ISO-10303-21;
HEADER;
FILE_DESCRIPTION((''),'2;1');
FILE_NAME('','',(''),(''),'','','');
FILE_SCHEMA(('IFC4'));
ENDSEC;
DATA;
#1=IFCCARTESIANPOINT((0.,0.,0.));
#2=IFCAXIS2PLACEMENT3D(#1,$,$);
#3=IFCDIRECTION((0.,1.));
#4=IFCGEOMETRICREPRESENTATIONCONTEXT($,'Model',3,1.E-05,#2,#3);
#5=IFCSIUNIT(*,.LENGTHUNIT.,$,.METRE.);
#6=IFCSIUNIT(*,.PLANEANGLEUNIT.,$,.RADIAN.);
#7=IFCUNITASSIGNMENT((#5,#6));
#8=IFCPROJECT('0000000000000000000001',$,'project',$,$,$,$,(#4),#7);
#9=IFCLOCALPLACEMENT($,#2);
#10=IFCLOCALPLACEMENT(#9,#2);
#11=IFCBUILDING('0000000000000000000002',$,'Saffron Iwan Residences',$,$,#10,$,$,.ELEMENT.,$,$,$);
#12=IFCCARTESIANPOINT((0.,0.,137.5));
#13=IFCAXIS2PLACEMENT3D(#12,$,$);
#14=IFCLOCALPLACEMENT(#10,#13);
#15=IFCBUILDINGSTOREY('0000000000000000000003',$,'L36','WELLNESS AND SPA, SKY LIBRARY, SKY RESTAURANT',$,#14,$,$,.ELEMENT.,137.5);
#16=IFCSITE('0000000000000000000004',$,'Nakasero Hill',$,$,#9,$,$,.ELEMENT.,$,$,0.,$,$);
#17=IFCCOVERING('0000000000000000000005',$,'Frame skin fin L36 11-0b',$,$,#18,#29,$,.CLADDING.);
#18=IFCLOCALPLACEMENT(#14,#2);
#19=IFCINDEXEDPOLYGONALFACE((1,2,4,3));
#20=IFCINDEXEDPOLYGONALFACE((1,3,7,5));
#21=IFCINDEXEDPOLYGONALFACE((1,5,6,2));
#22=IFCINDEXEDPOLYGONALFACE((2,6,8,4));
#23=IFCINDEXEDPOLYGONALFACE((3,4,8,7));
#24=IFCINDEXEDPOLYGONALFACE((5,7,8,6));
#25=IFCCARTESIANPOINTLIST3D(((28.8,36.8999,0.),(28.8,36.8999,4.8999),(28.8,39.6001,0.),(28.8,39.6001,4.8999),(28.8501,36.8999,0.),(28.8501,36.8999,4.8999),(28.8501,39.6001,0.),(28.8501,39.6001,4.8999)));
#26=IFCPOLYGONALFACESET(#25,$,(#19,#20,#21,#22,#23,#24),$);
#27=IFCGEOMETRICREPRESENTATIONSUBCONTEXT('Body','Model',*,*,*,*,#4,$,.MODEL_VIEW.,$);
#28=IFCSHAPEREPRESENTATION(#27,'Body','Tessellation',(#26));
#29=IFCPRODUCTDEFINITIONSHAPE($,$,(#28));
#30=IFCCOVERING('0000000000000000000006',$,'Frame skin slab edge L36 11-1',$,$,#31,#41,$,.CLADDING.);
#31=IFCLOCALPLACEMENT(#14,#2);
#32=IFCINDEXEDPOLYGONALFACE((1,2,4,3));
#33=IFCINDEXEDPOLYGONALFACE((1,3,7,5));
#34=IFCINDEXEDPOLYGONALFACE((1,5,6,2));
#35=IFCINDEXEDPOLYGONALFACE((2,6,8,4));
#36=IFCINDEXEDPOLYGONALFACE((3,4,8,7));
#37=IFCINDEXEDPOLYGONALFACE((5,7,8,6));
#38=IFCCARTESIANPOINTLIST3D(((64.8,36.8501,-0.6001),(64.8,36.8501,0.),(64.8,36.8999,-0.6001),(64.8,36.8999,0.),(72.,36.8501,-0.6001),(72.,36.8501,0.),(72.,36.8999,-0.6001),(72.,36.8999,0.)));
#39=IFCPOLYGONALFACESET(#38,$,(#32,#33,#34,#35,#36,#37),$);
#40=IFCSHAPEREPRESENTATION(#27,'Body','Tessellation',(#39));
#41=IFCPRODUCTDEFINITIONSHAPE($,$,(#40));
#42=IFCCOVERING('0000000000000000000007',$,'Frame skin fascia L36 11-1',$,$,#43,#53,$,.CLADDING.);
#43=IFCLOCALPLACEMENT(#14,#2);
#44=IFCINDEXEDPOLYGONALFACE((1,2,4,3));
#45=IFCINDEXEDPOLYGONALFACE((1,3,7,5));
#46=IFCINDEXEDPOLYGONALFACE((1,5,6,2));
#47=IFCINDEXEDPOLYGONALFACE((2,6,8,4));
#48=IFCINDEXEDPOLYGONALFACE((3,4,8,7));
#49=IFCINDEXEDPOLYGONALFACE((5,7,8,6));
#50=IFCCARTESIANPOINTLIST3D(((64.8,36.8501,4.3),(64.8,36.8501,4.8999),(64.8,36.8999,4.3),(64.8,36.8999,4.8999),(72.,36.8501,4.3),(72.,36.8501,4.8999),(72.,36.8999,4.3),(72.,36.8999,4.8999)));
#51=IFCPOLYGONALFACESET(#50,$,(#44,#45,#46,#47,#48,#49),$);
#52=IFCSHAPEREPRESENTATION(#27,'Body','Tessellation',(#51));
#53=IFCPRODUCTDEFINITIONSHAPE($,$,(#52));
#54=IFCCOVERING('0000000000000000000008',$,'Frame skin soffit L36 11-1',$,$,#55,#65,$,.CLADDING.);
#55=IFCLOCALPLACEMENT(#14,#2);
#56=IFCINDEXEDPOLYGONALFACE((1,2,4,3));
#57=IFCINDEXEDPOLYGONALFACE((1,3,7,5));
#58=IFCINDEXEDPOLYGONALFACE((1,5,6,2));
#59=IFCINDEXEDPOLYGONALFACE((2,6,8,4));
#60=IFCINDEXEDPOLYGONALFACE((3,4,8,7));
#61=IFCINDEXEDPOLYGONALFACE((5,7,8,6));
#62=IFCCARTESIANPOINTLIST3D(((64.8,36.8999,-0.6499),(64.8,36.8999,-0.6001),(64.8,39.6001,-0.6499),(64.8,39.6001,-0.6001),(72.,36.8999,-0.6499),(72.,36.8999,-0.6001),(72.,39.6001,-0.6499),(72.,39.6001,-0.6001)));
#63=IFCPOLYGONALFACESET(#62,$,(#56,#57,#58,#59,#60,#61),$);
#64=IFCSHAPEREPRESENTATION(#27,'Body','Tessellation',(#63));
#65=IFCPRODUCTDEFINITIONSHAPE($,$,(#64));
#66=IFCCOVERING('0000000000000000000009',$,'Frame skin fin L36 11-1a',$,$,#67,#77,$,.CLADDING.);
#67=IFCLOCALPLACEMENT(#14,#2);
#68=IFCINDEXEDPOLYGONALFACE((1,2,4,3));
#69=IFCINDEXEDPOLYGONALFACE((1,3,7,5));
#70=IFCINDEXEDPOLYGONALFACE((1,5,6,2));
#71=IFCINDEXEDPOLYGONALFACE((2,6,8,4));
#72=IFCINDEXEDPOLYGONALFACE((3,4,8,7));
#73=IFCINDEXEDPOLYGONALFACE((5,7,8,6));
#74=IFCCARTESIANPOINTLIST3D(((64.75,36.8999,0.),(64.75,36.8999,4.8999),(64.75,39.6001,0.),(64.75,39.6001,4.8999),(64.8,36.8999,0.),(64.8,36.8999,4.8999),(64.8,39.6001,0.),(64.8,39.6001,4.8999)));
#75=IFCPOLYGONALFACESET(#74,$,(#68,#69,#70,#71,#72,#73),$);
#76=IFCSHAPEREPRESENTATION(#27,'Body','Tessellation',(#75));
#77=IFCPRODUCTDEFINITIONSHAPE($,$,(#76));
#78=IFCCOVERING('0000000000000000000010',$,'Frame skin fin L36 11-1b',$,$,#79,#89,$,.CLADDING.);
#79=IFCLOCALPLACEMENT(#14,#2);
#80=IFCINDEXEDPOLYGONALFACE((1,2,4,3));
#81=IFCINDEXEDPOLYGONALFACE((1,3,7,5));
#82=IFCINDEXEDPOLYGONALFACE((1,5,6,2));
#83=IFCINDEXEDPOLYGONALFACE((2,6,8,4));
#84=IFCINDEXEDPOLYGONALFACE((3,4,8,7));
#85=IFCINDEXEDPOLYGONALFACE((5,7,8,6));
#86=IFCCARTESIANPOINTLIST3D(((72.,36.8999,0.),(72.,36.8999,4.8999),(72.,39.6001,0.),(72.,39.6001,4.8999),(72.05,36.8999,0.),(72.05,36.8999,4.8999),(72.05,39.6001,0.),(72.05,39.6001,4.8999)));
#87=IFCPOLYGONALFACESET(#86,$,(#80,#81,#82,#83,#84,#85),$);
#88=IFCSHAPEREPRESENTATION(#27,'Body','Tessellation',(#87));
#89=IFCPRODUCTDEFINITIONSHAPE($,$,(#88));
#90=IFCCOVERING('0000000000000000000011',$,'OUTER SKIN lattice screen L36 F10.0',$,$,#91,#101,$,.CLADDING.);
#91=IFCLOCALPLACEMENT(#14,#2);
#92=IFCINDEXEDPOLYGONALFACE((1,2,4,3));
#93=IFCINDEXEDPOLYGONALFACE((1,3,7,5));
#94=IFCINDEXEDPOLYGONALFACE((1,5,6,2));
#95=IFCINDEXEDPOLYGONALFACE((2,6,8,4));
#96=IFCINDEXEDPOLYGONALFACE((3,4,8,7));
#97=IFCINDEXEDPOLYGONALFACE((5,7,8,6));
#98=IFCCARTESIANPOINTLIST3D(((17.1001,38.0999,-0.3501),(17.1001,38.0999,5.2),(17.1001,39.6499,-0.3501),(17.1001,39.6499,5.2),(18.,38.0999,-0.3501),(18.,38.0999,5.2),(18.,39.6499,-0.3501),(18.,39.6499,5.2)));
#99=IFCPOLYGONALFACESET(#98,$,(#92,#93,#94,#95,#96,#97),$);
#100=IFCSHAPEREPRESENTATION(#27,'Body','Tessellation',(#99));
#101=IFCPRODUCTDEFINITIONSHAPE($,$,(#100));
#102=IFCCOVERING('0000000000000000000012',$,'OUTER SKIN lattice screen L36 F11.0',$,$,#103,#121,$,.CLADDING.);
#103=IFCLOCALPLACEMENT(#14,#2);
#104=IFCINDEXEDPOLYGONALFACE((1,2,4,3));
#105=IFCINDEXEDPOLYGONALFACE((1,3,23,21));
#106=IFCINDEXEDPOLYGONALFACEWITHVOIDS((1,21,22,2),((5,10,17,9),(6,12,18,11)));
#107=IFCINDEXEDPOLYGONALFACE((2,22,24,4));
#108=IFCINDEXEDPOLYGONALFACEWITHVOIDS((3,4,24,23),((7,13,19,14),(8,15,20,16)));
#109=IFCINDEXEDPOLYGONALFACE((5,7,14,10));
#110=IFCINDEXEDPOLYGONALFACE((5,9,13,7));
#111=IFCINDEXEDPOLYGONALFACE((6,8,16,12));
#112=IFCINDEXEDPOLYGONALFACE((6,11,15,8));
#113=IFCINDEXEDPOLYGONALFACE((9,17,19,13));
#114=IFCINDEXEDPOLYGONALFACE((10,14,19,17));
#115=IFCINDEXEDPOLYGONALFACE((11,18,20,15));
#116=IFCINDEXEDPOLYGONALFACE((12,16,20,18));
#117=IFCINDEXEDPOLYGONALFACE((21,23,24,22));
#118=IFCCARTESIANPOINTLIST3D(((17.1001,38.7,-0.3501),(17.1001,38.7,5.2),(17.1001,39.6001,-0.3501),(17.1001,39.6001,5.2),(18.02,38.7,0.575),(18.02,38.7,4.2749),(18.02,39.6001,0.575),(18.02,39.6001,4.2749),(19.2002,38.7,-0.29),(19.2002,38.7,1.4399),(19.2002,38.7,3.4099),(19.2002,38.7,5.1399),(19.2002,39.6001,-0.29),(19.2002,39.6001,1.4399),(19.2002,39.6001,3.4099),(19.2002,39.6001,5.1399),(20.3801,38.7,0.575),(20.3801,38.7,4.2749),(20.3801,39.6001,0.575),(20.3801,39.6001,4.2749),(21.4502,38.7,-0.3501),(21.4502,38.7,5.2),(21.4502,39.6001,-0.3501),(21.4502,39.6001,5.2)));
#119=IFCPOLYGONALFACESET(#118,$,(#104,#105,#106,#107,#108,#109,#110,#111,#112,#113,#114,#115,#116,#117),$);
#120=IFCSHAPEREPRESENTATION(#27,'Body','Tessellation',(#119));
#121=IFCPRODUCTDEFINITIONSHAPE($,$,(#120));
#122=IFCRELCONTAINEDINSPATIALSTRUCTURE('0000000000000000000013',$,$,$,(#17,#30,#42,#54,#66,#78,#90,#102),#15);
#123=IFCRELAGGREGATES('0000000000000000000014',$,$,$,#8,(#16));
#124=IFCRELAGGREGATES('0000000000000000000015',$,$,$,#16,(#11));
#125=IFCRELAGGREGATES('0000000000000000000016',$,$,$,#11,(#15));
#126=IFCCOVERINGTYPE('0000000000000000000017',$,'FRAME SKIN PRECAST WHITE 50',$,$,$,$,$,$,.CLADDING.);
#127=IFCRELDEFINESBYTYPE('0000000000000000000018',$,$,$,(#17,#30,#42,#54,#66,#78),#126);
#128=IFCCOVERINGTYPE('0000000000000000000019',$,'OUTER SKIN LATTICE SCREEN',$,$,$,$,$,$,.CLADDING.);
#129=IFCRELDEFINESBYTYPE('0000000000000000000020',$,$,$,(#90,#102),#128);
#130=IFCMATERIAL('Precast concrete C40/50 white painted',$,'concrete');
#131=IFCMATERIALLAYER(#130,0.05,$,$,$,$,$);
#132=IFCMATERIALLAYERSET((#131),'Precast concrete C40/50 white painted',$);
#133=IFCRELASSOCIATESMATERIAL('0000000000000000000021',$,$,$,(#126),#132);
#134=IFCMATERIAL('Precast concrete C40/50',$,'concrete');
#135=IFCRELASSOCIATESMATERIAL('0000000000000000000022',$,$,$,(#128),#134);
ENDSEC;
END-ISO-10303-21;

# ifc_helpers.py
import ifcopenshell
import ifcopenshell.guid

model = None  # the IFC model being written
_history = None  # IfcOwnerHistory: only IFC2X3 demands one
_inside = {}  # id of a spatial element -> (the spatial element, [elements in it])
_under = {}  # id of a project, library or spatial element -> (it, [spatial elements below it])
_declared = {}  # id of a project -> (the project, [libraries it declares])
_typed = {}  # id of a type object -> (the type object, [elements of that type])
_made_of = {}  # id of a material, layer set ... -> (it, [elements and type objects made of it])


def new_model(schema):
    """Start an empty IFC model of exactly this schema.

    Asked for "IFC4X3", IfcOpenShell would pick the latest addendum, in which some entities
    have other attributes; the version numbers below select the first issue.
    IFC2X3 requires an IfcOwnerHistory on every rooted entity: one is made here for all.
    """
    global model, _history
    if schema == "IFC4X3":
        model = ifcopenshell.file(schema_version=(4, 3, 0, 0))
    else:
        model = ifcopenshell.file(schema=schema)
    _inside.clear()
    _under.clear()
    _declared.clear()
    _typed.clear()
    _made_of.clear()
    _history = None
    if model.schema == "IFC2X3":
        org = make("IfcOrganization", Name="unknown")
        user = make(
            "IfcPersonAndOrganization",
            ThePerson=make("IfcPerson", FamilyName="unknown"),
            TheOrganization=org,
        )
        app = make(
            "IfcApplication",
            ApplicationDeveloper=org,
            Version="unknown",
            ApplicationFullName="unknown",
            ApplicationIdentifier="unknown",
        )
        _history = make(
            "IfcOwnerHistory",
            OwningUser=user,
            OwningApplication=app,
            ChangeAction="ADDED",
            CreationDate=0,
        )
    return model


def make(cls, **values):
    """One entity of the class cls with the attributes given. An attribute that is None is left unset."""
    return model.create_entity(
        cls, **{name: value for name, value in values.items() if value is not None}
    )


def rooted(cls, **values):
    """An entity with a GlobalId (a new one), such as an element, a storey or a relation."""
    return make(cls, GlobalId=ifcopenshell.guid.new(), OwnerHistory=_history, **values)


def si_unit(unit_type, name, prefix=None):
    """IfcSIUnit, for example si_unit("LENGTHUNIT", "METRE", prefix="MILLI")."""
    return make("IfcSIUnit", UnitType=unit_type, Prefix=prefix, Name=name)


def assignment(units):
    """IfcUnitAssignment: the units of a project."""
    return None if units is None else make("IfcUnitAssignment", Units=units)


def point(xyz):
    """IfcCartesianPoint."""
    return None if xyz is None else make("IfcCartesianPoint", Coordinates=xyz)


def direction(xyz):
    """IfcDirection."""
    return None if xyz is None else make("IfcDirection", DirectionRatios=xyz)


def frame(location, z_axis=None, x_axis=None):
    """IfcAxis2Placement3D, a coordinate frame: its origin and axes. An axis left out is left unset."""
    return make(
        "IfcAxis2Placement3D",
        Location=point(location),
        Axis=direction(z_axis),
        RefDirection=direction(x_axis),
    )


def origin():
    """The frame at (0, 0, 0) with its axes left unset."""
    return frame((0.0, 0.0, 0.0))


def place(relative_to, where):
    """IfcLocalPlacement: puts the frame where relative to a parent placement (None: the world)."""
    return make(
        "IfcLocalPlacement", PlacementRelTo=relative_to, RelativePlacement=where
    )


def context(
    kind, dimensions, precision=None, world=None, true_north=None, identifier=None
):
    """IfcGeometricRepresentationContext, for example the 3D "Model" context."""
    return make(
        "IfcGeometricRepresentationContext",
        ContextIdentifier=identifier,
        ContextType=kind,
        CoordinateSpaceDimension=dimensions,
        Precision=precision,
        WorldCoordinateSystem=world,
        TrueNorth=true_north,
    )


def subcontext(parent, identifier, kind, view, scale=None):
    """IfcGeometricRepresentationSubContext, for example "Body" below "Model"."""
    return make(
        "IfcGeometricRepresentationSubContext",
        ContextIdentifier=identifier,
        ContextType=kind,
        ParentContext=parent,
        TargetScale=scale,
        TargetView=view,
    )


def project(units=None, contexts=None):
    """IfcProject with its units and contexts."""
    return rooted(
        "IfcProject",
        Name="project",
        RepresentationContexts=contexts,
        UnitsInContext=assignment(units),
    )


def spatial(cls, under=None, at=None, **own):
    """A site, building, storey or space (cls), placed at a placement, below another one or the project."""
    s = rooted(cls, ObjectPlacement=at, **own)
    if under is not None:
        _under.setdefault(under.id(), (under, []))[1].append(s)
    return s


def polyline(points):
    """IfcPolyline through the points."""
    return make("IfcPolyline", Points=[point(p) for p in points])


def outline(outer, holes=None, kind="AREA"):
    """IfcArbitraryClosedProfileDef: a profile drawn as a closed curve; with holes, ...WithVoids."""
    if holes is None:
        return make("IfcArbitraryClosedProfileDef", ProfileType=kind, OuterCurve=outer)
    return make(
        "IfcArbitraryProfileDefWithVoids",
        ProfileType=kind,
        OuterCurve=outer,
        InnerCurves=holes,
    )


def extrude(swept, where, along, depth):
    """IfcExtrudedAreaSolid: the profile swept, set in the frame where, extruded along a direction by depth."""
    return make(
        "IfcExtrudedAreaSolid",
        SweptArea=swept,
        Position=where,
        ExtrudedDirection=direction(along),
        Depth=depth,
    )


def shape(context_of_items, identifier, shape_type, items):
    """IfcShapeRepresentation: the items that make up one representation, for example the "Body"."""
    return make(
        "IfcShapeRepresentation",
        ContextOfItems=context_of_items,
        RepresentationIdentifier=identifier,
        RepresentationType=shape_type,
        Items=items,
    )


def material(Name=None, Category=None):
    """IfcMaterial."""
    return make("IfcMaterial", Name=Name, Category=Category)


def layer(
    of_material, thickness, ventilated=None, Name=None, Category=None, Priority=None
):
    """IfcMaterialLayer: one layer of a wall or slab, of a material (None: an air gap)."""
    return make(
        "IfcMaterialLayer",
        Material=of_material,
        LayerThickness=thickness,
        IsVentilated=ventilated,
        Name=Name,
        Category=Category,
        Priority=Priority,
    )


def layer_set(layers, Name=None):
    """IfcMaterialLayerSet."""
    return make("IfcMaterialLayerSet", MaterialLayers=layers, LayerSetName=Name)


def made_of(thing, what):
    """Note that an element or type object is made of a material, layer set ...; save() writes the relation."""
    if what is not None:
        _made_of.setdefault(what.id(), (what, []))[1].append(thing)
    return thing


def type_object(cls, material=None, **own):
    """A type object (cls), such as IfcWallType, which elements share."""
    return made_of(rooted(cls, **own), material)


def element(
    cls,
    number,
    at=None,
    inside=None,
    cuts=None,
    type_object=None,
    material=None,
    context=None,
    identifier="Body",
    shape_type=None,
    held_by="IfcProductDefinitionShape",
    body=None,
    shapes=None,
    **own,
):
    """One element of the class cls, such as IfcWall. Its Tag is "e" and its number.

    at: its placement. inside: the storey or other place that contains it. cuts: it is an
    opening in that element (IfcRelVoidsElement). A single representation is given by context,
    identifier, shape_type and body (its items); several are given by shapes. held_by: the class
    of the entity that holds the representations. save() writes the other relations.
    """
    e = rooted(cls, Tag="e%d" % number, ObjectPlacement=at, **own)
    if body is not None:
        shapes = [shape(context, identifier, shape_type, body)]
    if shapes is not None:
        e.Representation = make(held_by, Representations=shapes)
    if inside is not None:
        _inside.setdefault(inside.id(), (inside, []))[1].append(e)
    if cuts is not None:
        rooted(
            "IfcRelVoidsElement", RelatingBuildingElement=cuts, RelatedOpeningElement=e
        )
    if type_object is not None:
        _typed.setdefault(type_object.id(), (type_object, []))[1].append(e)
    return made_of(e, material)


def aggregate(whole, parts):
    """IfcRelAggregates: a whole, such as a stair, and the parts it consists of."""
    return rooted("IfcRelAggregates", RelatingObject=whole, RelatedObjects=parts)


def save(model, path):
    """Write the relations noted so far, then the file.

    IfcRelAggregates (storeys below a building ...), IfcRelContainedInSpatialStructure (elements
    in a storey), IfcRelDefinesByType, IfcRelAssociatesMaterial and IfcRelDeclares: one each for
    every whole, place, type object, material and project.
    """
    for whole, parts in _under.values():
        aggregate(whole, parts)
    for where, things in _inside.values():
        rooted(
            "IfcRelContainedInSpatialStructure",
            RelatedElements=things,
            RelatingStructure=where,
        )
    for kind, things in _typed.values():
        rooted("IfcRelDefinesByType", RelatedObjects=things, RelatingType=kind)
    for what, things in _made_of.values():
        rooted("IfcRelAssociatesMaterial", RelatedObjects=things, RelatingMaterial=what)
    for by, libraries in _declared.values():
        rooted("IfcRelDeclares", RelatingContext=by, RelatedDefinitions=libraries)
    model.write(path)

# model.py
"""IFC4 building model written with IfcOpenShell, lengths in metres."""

from ifc_helpers import new_model, si_unit, direction, frame, origin, place, context, subcontext, project, spatial, polyline, outline, extrude, material, layer, layer_set, type_object, element, save


model = new_model("IFC4")

# Units and contexts
model_context = context("Model", 3, precision=1e-05, world=origin(), true_north=direction((0.0, 1.0)))
body_context = subcontext(model_context, "Body", "Model", "MODEL_VIEW")
ifc_project = project(units=[si_unit("LENGTHUNIT", "METRE"), si_unit("PLANEANGLEUNIT", "RADIAN")], contexts=[model_context])

# Site, building, storey
site_placement = place(None, origin())
site = spatial("IfcSite", under=ifc_project, at=site_placement, Name="Nakasero Hill", CompositionType="ELEMENT", RefElevation=0.0)
building_placement = place(site_placement, origin())
building = spatial("IfcBuilding", under=site, at=building_placement, Name="Saffron Iwan Residences", CompositionType="ELEMENT")
storey_placement = place(building_placement, frame((0.0, 0.0, 137.5)))
storey = spatial("IfcBuildingStorey", under=building, at=storey_placement, Name="L36", Description="WELLNESS AND SPA, SKY LIBRARY, SKY RESTAURANT", CompositionType="ELEMENT", Elevation=137.5)

# Coverings
ifc_material_1 = material(Name="Precast concrete C40/50 white painted", Category="concrete")
ifc_layer_1 = layer(ifc_material_1, 0.05)
ifc_layer_set_1 = layer_set([ifc_layer_1], Name="Precast concrete C40/50 white painted")
covering_type_1 = type_object("IfcCoveringType", Name="FRAME SKIN PRECAST WHITE 50", PredefinedType="CLADDING", material=ifc_layer_set_1)
covering_1_placement = place(storey_placement, origin())
element("IfcCovering", 1, at=covering_1_placement, inside=storey, type_object=covering_type_1, Name="Frame skin fin L36 11-0b", PredefinedType="CLADDING", context=body_context, shape_type="SweptSolid", body=[
    extrude(outline(polyline([(28.8, 36.8999), (28.8501, 36.8999), (28.8501, 39.6001), (28.8, 39.6001), (28.8, 36.8999)])), origin(), (0.0, 0.0, 1.0), 4.8999),
])
covering_2_placement = place(storey_placement, frame((0.0, 0.0, -0.6001)))
element("IfcCovering", 2, at=covering_2_placement, inside=storey, type_object=covering_type_1, Name="Frame skin slab edge L36 11-1", PredefinedType="CLADDING", context=body_context, shape_type="SweptSolid", body=[
    extrude(outline(polyline([(64.8, 36.8501), (72.0, 36.8501), (72.0, 36.8999), (64.8, 36.8999), (64.8, 36.8501)])), origin(), (0.0, 0.0, 1.0), 0.6001),
])
covering_3_placement = place(storey_placement, frame((0.0, 0.0, 4.3)))
element("IfcCovering", 3, at=covering_3_placement, inside=storey, type_object=covering_type_1, Name="Frame skin fascia L36 11-1", PredefinedType="CLADDING", context=body_context, shape_type="SweptSolid", body=[
    extrude(outline(polyline([(64.8, 36.8501), (72.0, 36.8501), (72.0, 36.8999), (64.8, 36.8999), (64.8, 36.8501)])), origin(), (0.0, 0.0, 1.0), 0.5999),
])
covering_4_placement = place(storey_placement, frame((0.0, 0.0, -0.6499)))
element("IfcCovering", 4, at=covering_4_placement, inside=storey, type_object=covering_type_1, Name="Frame skin soffit L36 11-1", PredefinedType="CLADDING", context=body_context, shape_type="SweptSolid", body=[
    extrude(outline(polyline([(64.8, 36.8999), (72.0, 36.8999), (72.0, 39.6001), (64.8, 39.6001), (64.8, 36.8999)])), origin(), (0.0, 0.0, 1.0), 0.0498),
])
covering_5_placement = place(storey_placement, origin())
element("IfcCovering", 5, at=covering_5_placement, inside=storey, type_object=covering_type_1, Name="Frame skin fin L36 11-1a", PredefinedType="CLADDING", context=body_context, shape_type="SweptSolid", body=[
    extrude(outline(polyline([(64.75, 36.8999), (64.8, 36.8999), (64.8, 39.6001), (64.75, 39.6001), (64.75, 36.8999)])), origin(), (0.0, 0.0, 1.0), 4.8999),
])
covering_6_placement = place(storey_placement, origin())
element("IfcCovering", 6, at=covering_6_placement, inside=storey, type_object=covering_type_1, Name="Frame skin fin L36 11-1b", PredefinedType="CLADDING", context=body_context, shape_type="SweptSolid", body=[
    extrude(outline(polyline([(72.0, 36.8999), (72.05, 36.8999), (72.05, 39.6001), (72.0, 39.6001), (72.0, 36.8999)])), origin(), (0.0, 0.0, 1.0), 4.8999),
])
ifc_material_2 = material(Name="Precast concrete C40/50", Category="concrete")
covering_type_2 = type_object("IfcCoveringType", Name="OUTER SKIN LATTICE SCREEN", PredefinedType="CLADDING", material=ifc_material_2)
covering_7_placement = place(storey_placement, frame((18.0, 39.6499, -0.3501), z_axis=(-1.0, 0.0, 0.0), x_axis=(0.0, -1.0, 0.0)))
element("IfcCovering", 7, at=covering_7_placement, inside=storey, type_object=covering_type_2, Name="OUTER SKIN lattice screen L36 F10.0", PredefinedType="CLADDING", context=body_context, shape_type="SweptSolid", body=[
    extrude(outline(polyline([(0.0, 0.0), (1.55, 0.0), (1.55, 5.55), (0.0, 5.55), (0.0, 0.0)])), origin(), (0.0, 0.0, 1.0), 0.8999),
])
covering_8_placement = place(storey_placement, frame((17.1001, 39.6001, -0.3501), z_axis=(0.0, -1.0, 0.0), x_axis=(1.0, 0.0, 0.0)))
element("IfcCovering", 8, at=covering_8_placement, inside=storey, type_object=covering_type_2, Name="OUTER SKIN lattice screen L36 F11.0", PredefinedType="CLADDING", context=body_context, shape_type="SweptSolid", body=[
    extrude(outline(polyline([(0.0, 0.0), (4.3501, 0.0), (4.3501, 5.55), (0.0, 5.55), (0.0, 0.0)]), holes=[polyline([(0.9199, 0.925), (2.1001, 0.0601), (3.28, 0.925), (2.1001, 1.79), (0.9199, 0.925)]), polyline([(0.9199, 4.625), (2.1001, 3.76), (3.28, 4.625), (2.1001, 5.49), (0.9199, 4.625)])]), origin(), (0.0, 0.0, 1.0), 0.9001),
])

save(model, "model.ifc")
